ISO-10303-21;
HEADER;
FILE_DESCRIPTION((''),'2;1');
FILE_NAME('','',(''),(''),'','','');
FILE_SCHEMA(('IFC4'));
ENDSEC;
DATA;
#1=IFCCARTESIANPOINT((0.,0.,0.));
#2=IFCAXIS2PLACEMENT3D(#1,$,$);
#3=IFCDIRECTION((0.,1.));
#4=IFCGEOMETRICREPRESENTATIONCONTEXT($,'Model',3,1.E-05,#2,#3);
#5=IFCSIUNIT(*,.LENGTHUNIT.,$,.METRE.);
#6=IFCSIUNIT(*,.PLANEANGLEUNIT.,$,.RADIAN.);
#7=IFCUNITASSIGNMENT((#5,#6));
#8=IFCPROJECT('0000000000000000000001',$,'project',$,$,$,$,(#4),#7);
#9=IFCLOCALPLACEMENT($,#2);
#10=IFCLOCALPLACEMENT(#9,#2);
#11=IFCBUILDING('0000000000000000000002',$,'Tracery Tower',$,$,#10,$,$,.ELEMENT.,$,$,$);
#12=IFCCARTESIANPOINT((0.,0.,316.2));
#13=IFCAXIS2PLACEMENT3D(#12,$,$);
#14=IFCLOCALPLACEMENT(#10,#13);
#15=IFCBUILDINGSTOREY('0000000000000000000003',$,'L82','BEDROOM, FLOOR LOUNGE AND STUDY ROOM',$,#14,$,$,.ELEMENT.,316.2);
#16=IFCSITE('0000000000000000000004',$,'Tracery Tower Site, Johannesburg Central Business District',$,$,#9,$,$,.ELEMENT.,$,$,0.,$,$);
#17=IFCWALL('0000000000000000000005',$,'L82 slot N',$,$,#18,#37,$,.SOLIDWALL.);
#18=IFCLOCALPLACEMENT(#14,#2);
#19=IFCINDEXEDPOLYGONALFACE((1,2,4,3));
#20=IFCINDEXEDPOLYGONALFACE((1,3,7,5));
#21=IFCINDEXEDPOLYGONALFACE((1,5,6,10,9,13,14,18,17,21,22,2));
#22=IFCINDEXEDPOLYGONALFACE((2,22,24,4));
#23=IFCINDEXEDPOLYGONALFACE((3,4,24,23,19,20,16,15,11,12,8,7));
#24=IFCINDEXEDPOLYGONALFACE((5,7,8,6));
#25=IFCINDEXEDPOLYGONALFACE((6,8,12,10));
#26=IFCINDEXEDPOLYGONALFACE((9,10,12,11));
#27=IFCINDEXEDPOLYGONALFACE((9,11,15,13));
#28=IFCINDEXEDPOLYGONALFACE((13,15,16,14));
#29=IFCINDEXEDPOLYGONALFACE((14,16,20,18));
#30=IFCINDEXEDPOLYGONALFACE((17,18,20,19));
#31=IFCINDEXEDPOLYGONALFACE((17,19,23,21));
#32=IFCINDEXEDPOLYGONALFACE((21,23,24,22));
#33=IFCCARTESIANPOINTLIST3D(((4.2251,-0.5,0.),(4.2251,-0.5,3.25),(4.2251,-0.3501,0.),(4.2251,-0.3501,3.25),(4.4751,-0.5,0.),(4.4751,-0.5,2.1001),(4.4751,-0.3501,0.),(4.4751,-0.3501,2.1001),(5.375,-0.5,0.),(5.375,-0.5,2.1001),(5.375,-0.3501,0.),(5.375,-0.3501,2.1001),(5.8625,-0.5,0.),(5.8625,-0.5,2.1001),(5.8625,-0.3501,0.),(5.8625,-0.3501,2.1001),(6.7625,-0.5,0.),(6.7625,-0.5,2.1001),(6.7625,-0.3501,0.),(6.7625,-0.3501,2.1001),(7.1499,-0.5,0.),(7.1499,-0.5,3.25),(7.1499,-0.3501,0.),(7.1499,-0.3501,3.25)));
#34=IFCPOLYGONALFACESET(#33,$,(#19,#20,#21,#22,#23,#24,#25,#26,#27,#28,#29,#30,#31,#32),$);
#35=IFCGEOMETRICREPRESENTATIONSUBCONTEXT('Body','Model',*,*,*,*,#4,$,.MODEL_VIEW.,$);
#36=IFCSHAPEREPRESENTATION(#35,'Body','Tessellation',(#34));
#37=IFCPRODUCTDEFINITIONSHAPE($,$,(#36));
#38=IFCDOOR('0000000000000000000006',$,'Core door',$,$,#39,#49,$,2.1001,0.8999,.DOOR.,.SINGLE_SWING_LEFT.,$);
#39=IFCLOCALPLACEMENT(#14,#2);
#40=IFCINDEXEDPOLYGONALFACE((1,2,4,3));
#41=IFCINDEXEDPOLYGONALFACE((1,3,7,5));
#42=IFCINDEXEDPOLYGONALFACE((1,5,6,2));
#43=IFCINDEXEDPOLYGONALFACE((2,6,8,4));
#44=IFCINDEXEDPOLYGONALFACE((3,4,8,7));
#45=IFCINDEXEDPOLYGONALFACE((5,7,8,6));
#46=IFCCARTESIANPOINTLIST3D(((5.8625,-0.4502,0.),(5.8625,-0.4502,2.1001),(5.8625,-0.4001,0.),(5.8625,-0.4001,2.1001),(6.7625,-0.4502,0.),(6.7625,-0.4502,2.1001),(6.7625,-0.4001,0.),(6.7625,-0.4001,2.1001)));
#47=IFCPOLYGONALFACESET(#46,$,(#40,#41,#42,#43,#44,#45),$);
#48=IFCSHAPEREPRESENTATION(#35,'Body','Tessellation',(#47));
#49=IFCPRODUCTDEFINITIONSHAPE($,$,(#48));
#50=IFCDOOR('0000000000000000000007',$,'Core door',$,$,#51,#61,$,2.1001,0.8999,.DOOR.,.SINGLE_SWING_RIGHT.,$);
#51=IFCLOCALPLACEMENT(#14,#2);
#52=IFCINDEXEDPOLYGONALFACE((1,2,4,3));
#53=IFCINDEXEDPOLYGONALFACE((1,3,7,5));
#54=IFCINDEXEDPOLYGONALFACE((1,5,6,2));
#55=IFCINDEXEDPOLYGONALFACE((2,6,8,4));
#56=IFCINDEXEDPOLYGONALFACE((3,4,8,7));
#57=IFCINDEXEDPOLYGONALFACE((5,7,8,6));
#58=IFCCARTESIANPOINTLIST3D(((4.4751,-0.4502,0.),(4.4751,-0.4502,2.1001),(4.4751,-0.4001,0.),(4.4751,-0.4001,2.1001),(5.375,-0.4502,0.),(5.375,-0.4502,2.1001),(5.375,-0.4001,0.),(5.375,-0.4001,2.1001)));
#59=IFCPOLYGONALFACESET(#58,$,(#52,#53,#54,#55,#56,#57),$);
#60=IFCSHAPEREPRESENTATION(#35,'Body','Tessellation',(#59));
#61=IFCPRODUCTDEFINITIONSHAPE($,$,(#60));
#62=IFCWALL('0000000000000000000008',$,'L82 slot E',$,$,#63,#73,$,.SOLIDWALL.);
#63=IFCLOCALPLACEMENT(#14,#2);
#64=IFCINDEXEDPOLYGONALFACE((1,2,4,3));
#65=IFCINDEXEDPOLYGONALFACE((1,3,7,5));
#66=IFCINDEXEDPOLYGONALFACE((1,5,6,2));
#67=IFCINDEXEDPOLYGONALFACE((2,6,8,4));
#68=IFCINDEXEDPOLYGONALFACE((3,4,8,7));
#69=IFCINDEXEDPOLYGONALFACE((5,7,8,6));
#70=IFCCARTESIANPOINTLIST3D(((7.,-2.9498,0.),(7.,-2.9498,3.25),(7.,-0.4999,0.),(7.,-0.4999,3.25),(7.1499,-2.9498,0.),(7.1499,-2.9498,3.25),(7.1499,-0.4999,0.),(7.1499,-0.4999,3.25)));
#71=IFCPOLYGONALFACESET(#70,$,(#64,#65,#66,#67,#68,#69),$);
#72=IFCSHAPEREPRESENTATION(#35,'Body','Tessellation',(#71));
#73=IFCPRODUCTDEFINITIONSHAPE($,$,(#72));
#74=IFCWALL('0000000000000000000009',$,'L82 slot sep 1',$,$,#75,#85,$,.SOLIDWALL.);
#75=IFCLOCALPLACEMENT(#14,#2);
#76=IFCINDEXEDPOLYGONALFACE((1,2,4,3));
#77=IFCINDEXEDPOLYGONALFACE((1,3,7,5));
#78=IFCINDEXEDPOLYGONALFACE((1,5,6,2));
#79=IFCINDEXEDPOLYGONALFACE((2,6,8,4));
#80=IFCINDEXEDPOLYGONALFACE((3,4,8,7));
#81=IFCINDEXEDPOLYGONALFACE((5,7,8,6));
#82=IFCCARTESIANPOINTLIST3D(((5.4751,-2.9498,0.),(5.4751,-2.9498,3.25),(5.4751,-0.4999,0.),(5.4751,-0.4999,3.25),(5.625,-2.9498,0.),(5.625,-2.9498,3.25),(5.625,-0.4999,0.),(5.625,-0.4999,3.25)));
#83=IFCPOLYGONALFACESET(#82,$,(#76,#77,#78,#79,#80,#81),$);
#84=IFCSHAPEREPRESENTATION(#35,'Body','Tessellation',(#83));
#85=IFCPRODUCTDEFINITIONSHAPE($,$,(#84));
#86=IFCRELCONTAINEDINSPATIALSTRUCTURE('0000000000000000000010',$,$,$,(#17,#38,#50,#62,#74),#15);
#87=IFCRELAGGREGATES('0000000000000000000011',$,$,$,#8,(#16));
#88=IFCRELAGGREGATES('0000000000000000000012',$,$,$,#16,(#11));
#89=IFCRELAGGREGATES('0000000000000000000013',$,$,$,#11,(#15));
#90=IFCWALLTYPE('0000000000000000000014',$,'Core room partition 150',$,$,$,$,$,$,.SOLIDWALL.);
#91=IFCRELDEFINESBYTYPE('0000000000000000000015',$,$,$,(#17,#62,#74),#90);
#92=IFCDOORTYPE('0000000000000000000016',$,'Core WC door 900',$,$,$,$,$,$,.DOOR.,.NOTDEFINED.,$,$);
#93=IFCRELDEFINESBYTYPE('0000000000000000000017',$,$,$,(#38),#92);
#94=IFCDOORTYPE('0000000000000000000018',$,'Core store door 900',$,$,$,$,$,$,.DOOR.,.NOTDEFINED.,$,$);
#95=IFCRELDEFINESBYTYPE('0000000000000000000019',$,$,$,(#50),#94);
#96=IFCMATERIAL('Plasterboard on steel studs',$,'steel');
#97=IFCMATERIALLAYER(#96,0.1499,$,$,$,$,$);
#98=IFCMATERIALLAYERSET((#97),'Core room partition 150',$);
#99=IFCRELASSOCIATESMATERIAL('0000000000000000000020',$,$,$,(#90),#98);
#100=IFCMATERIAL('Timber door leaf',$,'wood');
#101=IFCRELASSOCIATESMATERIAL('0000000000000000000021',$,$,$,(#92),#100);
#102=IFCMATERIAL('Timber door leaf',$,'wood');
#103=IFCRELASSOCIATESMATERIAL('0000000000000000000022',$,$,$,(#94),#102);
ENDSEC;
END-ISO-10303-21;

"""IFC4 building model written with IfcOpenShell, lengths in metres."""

from ifc_helpers import new_model, si_unit, direction, frame, frame_2d, origin, place, context, subcontext, project, spatial, rectangle, extrude, material, layer, layer_set, type_object, element, fill, save


model = new_model("IFC4")

# Units and contexts
model_context = context("Model", 3, precision=1e-05, world=origin(), true_north=direction((0.0, 1.0)))
body_context = subcontext(model_context, "Body", "Model", "MODEL_VIEW")
ifc_project = project(units=[si_unit("LENGTHUNIT", "METRE"), si_unit("PLANEANGLEUNIT", "RADIAN")], contexts=[model_context])

# Site, building, storey
site_placement = place(None, origin())
site = spatial("IfcSite", under=ifc_project, at=site_placement, Name="Tracery Tower Site, Johannesburg Central Business District", CompositionType="ELEMENT", RefElevation=0.0)
building_placement = place(site_placement, origin())
building = spatial("IfcBuilding", under=site, at=building_placement, Name="Tracery Tower", CompositionType="ELEMENT")
storey_placement = place(building_placement, frame((0.0, 0.0, 316.2)))
storey = spatial("IfcBuildingStorey", under=building, at=storey_placement, Name="L82", Description="BEDROOM, FLOOR LOUNGE AND STUDY ROOM", CompositionType="ELEMENT", Elevation=316.2)

# Wall, openings, doors
ifc_material_1 = material(Name="Plasterboard on steel studs", Category="steel")
ifc_layer_1 = layer(ifc_material_1, 0.1499)
ifc_layer_set_1 = layer_set([ifc_layer_1], Name="Core room partition 150")
wall_type_1 = type_object("IfcWallType", Name="Core room partition 150", PredefinedType="SOLIDWALL", material=ifc_layer_set_1)
wall_1_placement = place(storey_placement, frame((4.2251, -0.425, 0.0), z_axis=(0.0, 0.0, 1.0), x_axis=(1.0, 0.0, 0.0)))
wall_1 = element("IfcWall", 1, at=wall_1_placement, inside=storey, type_object=wall_type_1, Name="L82 slot N", PredefinedType="SOLIDWALL", context=body_context, shape_type="SweptSolid", body=[
    extrude(rectangle(XDim=2.9248, YDim=0.1499, at=frame_2d((1.4624, 0.0))), origin(), (0.0, 0.0, 1.0), 3.25),
])
opening_1_placement = place(wall_1_placement, frame((0.25, 0.0, 0.0)))
opening_1 = element("IfcOpeningElement", 2, at=opening_1_placement, cuts=wall_1, PredefinedType="OPENING", context=body_context, shape_type="SweptSolid", body=[
    extrude(rectangle(XDim=0.8999, YDim=2.1001, at=frame_2d((0.45, 1.05))), frame((0.0, 0.075, 0.0), z_axis=(0.0, -1.0, 0.0), x_axis=(1.0, 0.0, 0.0)), (0.0, 0.0, 1.0), 0.1499),
])
opening_2_placement = place(wall_1_placement, frame((1.6375, 0.0, 0.0)))
opening_2 = element("IfcOpeningElement", 3, at=opening_2_placement, cuts=wall_1, PredefinedType="OPENING", context=body_context, shape_type="SweptSolid", body=[
    extrude(rectangle(XDim=0.8999, YDim=2.1001, at=frame_2d((0.45, 1.05))), frame((0.0, 0.075, 0.0), z_axis=(0.0, -1.0, 0.0), x_axis=(1.0, 0.0, 0.0)), (0.0, 0.0, 1.0), 0.1499),
])
ifc_material_2 = material(Name="Timber door leaf", Category="wood")
door_type_1 = type_object("IfcDoorType", Name="Core WC door 900", OperationType="NOTDEFINED", PredefinedType="DOOR", material=ifc_material_2)
door_1_placement = place(opening_2_placement, origin())
door_1 = element("IfcDoor", 4, at=door_1_placement, inside=storey, type_object=door_type_1, Name="Core door", OperationType="SINGLE_SWING_LEFT", OverallHeight=2.1001, OverallWidth=0.8999, PredefinedType="DOOR", context=body_context, shape_type="SweptSolid", body=[
    extrude(rectangle(XDim=0.8999, YDim=2.1001, at=frame_2d((0.45, 1.05))), frame((0.0, 0.0249, 0.0), z_axis=(0.0, -1.0, 0.0), x_axis=(1.0, 0.0, 0.0)), (0.0, 0.0, 1.0), 0.05),
])
fill(opening_2, door_1)
ifc_material_3 = material(Name="Timber door leaf", Category="wood")
door_type_2 = type_object("IfcDoorType", Name="Core store door 900", OperationType="NOTDEFINED", PredefinedType="DOOR", material=ifc_material_3)
door_2_placement = place(opening_1_placement, origin())
door_2 = element("IfcDoor", 5, at=door_2_placement, inside=storey, type_object=door_type_2, Name="Core door", OperationType="SINGLE_SWING_RIGHT", OverallHeight=2.1001, OverallWidth=0.8999, PredefinedType="DOOR", context=body_context, shape_type="SweptSolid", body=[
    extrude(rectangle(XDim=0.8999, YDim=2.1001, at=frame_2d((0.45, 1.05))), frame((0.0, 0.0249, 0.0), z_axis=(0.0, -1.0, 0.0), x_axis=(1.0, 0.0, 0.0)), (0.0, 0.0, 1.0), 0.05),
])
fill(opening_1, door_2)

# Walls
for number, where, z_axis, x_axis, name in (
    (6, (7.075, -2.95, 0.0), (0.0, 0.0, 1.0), (0.0, 1.0, 0.0), "L82 slot E"),
    (7, (5.55, -2.95, 0.0), (0.0, 0.0, 1.0), (0.0, 1.0, 0.0), "L82 slot sep 1"),
):
    element("IfcWall", number, at=place(storey_placement, frame(where, z_axis=z_axis, x_axis=x_axis)), inside=storey, type_object=wall_type_1, Name=name, PredefinedType="SOLIDWALL", context=body_context, shape_type="SweptSolid", body=[
        extrude(rectangle(XDim=2.45, YDim=0.1499, at=frame_2d((1.2251, 0.0))), origin(), (0.0, 0.0, 1.0), 3.25),
    ])

save(model, "model.ifc")
